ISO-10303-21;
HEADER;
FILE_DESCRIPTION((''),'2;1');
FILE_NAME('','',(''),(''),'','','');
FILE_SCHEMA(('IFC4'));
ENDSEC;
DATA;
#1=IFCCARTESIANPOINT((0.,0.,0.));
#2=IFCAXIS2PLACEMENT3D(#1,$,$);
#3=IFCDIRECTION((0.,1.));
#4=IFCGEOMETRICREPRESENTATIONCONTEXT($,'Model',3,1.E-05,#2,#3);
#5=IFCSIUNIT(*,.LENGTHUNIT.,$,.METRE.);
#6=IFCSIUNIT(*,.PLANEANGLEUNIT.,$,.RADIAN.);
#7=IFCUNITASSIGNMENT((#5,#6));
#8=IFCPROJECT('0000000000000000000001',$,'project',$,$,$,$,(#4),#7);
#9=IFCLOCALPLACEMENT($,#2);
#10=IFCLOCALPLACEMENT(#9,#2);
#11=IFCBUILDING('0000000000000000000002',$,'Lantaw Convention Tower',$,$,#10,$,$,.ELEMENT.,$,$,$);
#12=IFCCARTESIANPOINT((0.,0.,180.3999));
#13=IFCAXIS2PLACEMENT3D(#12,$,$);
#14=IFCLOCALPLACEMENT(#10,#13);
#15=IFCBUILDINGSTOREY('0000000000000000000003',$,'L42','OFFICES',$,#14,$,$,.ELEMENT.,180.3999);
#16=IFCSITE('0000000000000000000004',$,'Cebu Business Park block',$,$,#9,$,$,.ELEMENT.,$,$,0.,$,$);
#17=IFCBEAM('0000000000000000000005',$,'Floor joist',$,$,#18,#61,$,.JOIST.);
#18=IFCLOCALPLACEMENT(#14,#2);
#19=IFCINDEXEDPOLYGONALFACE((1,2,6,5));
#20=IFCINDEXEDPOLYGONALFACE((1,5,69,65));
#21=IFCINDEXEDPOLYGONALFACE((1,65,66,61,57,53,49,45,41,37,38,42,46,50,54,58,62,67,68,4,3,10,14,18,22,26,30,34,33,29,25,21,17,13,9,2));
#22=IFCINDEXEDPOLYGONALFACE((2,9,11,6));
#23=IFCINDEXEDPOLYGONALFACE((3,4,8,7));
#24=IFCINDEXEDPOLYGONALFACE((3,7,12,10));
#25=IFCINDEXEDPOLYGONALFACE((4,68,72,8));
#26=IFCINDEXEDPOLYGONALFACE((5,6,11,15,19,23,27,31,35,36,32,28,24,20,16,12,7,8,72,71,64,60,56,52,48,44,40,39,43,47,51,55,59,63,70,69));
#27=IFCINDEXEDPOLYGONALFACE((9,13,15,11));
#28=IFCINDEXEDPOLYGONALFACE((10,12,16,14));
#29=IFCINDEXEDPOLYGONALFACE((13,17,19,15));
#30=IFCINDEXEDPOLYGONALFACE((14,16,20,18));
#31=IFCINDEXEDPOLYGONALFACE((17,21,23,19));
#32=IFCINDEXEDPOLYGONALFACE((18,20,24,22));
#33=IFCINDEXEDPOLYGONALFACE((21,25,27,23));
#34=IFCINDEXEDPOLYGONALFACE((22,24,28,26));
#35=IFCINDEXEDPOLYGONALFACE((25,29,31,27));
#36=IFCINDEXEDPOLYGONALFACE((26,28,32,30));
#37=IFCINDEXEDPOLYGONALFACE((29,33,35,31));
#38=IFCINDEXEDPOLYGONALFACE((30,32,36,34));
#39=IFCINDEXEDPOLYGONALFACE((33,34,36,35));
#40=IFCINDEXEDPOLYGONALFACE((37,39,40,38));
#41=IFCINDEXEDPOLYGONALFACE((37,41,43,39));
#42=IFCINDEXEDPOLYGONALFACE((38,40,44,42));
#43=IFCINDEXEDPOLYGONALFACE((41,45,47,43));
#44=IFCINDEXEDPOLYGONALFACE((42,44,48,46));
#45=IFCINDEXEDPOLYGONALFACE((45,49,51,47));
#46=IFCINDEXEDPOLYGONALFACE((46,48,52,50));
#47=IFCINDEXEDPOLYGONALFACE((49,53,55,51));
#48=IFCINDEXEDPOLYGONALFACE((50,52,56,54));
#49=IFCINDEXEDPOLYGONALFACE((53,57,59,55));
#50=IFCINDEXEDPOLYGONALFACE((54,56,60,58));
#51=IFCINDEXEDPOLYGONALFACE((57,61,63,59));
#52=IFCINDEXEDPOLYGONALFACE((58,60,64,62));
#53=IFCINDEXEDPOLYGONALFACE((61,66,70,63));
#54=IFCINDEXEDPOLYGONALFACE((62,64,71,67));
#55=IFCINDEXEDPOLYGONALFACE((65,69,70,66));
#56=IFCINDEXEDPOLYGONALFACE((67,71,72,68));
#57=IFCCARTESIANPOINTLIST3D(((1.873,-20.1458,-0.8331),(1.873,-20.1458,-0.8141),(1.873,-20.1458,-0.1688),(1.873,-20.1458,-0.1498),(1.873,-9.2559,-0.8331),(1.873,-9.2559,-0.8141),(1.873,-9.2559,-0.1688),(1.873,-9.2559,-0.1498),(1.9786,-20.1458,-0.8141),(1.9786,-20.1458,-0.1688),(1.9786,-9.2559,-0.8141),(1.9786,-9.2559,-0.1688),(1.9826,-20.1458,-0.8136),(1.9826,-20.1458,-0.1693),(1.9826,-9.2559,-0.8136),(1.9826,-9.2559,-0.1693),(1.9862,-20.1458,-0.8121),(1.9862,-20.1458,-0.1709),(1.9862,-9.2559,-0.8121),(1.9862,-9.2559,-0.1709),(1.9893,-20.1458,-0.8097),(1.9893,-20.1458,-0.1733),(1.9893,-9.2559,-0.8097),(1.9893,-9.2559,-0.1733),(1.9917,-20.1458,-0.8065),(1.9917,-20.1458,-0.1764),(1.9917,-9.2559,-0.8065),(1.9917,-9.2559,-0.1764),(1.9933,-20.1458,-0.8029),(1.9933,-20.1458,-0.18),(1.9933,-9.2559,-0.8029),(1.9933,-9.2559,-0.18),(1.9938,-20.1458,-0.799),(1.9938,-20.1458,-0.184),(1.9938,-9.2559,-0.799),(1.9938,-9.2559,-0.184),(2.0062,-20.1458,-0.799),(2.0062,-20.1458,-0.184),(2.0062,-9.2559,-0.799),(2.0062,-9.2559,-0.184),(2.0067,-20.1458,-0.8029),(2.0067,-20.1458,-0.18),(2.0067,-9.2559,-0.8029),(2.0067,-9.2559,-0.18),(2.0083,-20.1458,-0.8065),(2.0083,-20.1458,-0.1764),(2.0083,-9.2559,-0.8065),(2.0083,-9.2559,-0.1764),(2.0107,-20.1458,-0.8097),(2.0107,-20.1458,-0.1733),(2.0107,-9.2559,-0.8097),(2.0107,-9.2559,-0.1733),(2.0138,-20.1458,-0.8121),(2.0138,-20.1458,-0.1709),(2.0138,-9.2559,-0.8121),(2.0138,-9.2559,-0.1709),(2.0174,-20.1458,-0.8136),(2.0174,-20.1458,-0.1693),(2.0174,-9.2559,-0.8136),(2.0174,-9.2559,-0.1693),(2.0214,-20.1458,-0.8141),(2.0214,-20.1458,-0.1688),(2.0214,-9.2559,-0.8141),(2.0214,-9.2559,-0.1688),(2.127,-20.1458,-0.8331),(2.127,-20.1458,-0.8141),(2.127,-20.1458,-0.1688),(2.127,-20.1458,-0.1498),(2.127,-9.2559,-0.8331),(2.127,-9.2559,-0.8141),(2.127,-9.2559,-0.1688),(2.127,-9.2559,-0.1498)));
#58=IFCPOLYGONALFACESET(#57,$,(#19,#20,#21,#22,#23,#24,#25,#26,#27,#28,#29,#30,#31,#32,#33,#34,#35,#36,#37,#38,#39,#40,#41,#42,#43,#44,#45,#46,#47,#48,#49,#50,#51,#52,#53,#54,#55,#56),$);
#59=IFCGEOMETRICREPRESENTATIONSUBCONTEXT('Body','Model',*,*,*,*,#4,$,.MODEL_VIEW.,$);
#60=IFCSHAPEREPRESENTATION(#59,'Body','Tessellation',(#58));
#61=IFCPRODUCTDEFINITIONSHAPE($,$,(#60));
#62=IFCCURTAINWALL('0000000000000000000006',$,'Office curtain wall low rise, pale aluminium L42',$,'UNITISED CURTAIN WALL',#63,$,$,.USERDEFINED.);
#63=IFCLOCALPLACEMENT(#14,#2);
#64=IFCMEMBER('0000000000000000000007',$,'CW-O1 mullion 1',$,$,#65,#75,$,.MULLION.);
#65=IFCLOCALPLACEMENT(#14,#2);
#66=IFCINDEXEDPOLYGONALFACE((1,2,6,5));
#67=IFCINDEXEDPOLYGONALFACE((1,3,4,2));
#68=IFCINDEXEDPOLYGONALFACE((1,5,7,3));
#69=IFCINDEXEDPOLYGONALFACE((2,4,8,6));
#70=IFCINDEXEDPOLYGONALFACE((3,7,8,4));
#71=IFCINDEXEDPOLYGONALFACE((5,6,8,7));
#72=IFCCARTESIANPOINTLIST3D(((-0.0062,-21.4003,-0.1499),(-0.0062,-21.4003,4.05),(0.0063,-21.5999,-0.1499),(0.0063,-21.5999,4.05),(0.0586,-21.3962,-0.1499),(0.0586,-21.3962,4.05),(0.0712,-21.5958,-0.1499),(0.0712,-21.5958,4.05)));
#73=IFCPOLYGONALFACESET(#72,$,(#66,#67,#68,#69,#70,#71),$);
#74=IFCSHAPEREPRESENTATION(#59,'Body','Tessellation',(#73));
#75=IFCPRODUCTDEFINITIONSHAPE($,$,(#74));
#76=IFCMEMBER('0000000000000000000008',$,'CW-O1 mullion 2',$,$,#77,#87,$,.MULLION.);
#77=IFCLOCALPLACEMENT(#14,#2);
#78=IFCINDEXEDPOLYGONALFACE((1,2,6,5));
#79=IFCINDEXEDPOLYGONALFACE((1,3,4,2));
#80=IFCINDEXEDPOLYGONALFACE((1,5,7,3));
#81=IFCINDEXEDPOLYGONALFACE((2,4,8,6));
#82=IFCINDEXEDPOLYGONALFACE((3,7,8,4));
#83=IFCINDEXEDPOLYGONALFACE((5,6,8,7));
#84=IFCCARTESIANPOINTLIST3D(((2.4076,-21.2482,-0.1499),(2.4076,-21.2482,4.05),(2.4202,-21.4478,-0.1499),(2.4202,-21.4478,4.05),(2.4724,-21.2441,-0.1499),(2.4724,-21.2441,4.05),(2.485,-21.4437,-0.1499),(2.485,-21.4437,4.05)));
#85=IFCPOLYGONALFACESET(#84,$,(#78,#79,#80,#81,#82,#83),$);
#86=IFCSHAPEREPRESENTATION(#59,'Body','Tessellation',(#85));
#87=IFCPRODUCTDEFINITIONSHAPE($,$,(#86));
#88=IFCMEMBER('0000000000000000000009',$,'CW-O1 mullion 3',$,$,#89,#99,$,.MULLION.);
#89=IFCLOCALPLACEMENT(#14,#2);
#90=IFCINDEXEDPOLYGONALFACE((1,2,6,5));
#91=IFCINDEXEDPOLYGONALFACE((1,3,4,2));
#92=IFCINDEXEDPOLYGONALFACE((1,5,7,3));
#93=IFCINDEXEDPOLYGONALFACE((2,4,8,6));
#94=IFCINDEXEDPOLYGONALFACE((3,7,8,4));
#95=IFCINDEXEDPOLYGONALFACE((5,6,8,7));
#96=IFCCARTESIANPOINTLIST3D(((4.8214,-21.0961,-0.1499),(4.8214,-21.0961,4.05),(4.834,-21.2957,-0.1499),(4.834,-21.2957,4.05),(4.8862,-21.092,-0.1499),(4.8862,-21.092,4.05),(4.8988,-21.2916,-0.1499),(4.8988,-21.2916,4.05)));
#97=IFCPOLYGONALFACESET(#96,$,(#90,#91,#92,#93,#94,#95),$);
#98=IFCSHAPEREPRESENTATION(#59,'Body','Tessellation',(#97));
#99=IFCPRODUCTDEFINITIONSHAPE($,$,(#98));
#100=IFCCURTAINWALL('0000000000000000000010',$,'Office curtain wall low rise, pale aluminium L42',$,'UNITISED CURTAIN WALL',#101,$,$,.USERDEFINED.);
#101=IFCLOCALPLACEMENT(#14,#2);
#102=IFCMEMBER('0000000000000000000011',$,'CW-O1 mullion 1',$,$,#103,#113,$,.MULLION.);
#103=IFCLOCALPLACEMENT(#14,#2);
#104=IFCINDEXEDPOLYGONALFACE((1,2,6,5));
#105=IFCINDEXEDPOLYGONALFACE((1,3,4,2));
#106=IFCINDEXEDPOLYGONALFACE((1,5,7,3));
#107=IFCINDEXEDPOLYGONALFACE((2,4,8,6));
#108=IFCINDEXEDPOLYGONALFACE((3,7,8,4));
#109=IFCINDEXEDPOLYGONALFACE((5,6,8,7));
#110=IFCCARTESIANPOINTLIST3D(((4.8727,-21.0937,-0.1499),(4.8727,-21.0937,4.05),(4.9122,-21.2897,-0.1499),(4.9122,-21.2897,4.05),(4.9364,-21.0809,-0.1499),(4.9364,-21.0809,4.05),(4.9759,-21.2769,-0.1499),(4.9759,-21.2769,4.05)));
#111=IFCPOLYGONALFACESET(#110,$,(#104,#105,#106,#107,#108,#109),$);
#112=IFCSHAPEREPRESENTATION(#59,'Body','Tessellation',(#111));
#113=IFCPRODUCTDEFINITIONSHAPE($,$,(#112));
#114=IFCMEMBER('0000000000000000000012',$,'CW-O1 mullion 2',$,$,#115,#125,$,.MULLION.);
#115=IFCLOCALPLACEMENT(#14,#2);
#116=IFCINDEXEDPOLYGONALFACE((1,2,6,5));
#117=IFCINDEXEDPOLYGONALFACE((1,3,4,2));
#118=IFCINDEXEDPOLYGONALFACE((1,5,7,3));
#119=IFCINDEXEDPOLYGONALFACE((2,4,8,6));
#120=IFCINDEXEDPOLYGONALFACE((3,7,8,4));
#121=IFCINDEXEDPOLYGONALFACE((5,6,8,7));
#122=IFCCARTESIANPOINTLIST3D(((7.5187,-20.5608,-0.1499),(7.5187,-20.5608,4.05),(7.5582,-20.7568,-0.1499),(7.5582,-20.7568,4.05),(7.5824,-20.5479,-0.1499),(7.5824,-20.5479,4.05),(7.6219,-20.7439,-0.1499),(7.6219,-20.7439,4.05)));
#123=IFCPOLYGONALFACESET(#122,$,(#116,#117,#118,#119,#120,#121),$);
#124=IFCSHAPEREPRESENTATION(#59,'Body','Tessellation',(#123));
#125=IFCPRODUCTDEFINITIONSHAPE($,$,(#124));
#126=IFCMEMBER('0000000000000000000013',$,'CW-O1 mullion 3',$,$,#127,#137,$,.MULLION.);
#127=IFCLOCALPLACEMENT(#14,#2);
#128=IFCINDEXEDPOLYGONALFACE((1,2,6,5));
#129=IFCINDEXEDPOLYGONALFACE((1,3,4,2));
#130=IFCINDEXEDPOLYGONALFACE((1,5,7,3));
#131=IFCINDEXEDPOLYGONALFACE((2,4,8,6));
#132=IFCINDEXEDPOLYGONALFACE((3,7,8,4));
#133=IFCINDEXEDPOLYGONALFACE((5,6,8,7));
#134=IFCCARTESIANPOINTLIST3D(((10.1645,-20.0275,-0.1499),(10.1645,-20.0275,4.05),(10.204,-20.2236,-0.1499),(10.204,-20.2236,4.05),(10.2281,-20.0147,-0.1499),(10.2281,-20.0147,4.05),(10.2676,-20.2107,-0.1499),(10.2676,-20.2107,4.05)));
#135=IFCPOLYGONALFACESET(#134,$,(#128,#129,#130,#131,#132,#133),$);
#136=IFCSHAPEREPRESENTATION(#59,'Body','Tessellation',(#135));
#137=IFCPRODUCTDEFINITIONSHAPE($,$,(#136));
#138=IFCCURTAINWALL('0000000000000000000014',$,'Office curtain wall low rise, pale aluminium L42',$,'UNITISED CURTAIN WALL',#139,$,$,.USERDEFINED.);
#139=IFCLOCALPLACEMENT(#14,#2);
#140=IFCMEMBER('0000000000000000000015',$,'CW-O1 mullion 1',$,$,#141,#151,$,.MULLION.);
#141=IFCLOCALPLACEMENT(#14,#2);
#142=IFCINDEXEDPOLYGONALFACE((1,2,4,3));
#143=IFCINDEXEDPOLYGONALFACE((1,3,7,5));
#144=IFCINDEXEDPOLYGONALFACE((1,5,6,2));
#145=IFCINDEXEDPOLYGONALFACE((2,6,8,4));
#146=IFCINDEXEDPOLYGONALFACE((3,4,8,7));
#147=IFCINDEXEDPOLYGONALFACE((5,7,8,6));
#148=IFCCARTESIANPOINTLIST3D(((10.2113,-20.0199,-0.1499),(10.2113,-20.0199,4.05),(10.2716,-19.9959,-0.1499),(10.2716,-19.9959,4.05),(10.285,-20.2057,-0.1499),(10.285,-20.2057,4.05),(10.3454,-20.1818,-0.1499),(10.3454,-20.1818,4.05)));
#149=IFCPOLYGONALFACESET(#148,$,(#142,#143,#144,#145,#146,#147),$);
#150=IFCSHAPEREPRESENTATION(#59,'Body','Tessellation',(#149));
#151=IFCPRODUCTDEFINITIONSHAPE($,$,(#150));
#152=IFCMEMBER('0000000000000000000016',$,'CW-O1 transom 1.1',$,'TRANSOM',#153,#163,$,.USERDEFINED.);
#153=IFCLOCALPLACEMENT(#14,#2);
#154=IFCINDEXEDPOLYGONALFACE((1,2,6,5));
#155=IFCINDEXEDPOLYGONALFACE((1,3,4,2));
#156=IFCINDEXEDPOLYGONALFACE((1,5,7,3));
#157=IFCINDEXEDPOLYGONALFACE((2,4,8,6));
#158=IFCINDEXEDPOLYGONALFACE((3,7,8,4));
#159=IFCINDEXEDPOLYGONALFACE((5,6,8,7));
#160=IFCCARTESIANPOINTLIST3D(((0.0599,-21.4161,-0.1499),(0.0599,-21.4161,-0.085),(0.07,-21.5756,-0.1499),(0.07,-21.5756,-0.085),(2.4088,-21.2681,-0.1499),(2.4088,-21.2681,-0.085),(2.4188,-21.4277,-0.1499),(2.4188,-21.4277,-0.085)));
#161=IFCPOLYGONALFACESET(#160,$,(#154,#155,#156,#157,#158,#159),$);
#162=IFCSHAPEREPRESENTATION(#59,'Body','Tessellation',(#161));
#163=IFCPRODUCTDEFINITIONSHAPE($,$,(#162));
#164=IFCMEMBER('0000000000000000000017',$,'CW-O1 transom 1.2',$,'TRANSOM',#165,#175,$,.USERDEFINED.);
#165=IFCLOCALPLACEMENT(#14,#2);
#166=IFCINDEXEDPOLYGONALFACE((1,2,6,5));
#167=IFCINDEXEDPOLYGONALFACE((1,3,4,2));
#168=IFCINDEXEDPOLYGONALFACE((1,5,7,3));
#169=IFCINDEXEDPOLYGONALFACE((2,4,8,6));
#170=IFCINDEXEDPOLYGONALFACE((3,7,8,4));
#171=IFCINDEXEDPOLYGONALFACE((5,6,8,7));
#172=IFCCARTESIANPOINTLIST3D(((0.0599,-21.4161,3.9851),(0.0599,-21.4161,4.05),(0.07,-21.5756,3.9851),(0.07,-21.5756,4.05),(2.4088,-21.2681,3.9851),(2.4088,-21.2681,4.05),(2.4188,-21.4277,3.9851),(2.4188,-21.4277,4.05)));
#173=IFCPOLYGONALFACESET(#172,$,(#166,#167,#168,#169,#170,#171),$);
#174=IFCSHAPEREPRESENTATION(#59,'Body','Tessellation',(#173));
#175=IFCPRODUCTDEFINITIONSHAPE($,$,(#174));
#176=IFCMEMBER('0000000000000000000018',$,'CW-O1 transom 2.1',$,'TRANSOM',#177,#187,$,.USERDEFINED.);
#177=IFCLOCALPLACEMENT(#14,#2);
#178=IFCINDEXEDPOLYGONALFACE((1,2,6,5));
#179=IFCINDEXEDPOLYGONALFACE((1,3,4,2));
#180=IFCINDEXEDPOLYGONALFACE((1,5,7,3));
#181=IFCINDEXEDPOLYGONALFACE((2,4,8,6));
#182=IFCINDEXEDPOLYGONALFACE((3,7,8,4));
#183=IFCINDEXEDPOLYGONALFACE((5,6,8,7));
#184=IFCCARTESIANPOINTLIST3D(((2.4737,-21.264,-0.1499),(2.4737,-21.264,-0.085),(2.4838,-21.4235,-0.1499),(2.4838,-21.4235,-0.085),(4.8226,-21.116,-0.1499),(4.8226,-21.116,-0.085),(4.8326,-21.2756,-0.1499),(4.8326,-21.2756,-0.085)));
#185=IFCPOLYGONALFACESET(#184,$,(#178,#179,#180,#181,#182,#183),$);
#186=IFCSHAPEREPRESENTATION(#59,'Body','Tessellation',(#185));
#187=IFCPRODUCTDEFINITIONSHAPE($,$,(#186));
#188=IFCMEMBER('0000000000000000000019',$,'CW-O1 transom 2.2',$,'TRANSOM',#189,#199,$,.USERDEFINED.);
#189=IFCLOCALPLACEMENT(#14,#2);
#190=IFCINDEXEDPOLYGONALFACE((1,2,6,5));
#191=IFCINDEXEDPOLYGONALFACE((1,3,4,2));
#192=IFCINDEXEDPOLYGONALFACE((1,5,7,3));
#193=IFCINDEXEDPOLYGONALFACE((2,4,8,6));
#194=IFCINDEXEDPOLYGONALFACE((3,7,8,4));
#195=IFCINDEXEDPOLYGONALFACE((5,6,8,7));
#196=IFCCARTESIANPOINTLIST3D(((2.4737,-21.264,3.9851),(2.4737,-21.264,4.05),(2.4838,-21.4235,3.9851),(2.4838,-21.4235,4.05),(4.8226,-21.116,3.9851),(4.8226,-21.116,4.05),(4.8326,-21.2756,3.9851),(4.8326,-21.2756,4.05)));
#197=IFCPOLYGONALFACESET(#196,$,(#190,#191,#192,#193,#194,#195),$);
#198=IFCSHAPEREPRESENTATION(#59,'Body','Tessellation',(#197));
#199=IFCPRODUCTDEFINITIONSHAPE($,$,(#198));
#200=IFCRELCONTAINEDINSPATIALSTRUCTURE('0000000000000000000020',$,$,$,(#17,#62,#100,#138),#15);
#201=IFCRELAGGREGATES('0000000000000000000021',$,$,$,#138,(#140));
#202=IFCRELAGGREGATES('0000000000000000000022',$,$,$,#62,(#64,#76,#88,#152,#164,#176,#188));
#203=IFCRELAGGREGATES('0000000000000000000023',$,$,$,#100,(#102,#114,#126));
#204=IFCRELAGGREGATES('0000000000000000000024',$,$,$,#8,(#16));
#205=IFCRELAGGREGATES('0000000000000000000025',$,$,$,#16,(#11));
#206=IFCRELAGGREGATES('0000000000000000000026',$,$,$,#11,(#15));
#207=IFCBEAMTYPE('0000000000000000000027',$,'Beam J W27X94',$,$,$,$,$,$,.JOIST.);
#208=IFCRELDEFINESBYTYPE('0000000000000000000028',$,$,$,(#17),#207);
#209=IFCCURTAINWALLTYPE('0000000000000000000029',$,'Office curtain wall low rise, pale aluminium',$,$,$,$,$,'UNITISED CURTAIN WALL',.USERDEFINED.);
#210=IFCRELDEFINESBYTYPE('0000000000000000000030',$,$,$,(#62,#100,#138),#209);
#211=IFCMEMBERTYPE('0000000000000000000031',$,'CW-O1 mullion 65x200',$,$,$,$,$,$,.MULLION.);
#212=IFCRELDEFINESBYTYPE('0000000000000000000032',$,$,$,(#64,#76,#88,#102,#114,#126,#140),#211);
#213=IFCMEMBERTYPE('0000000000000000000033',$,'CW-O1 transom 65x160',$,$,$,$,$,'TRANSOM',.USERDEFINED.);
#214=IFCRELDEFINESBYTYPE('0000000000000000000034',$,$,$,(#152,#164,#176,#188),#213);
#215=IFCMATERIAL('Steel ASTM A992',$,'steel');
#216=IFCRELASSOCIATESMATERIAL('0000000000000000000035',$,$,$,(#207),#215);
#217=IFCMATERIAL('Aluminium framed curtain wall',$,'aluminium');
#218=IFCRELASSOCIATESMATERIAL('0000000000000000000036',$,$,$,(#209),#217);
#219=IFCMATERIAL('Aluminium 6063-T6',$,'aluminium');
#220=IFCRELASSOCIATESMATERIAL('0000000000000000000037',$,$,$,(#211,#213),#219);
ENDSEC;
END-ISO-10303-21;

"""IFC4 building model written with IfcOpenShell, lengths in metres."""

from ifc_helpers import new_model, si_unit, direction, frame, origin, origin_2d, place, context, subcontext, project, spatial, rectangle, i_section, extrude, material, material_profile, profile_set, type_object, element, aggregate, save


model = new_model("IFC4")

# Units and contexts
model_context = context("Model", 3, precision=1e-05, world=origin(), true_north=direction((0.0, 1.0)))
body_context = subcontext(model_context, "Body", "Model", "MODEL_VIEW")
ifc_project = project(units=[si_unit("LENGTHUNIT", "METRE"), si_unit("PLANEANGLEUNIT", "RADIAN")], contexts=[model_context])

# Site, building, storey
site_placement = place(None, origin())
site = spatial("IfcSite", under=ifc_project, at=site_placement, Name="Cebu Business Park block", CompositionType="ELEMENT", RefElevation=0.0)
building_placement = place(site_placement, origin())
building = spatial("IfcBuilding", under=site, at=building_placement, Name="Lantaw Convention Tower", CompositionType="ELEMENT")
storey_placement = place(building_placement, frame((0.0, 0.0, 180.3999)))
storey = spatial("IfcBuildingStorey", under=building, at=storey_placement, Name="L42", Description="OFFICES", CompositionType="ELEMENT", Elevation=180.3999)

# Beam
ifc_material_1 = material(Name="Steel ASTM A992", Category="steel")
ifc_material_profile_1 = material_profile(ifc_material_1, i_section(OverallWidth=0.2539, OverallDepth=0.6833, WebThickness=0.0125, FlangeThickness=0.019, FilletRadius=0.0151, at=origin_2d()), Name="W27X94")
ifc_profile_set_1 = profile_set([ifc_material_profile_1], Name="Steel ASTM A992")
beam_type_1 = type_object("IfcBeamType", Name="Beam J W27X94", PredefinedType="JOIST", material=ifc_profile_set_1)
beam_1_placement = place(storey_placement, frame((2.0, -20.1458, -0.4915), z_axis=(0.0, 1.0, 0.0), x_axis=(-1.0, 0.0, 0.0)))
element("IfcBeam", 1, at=beam_1_placement, inside=storey, type_object=beam_type_1, Name="Floor joist", PredefinedType="JOIST", context=body_context, shape_type="SweptSolid", body=[
    extrude(i_section(OverallWidth=0.2539, OverallDepth=0.6833, WebThickness=0.0125, FlangeThickness=0.019, FilletRadius=0.0151, at=origin_2d()), origin(), (0.0, 0.0, 1.0), 10.8899),
])

# Curtain walls, members
ifc_material_2 = material(Name="Aluminium framed curtain wall", Category="aluminium")
curtain_wall_type = type_object("IfcCurtainWallType", Name="Office curtain wall low rise, pale aluminium", ElementType="UNITISED CURTAIN WALL", PredefinedType="USERDEFINED", material=ifc_material_2)
curtain_wall_1_placement = place(storey_placement, origin())
curtain_wall_1 = element("IfcCurtainWall", 2, at=curtain_wall_1_placement, inside=storey, type_object=curtain_wall_type, Name="Office curtain wall low rise, pale aluminium L42", ObjectType="UNITISED CURTAIN WALL", PredefinedType="USERDEFINED")
ifc_material_3 = material(Name="Aluminium 6063-T6", Category="aluminium")
ifc_material_profile_2 = material_profile(ifc_material_3, rectangle(XDim=0.2, YDim=0.0649, at=origin_2d()), Name="CW-O1 mullion 65x200")
ifc_profile_set_2 = profile_set([ifc_material_profile_2], Name="Aluminium 6063-T6")
member_type_1 = type_object("IfcMemberType", Name="CW-O1 mullion 65x200", PredefinedType="MULLION", material=ifc_profile_set_2)
member_1_placement = place(storey_placement, frame((0.0325, -21.498, -0.1499), z_axis=(0.0, 0.0, 1.0), x_axis=(-0.062865, 0.998022, 0.0)))
member_1 = element("IfcMember", 3, at=member_1_placement, type_object=member_type_1, Name="CW-O1 mullion 1", PredefinedType="MULLION", context=body_context, shape_type="SweptSolid", body=[
    extrude(rectangle(XDim=0.2, YDim=0.0649, at=origin_2d()), origin(), (0.0, 0.0, 1.0), 4.2),
])
member_2_placement = place(storey_placement, frame((2.4463, -21.3459, -0.1499), z_axis=(0.0, 0.0, 1.0), x_axis=(-0.062865, 0.998022, 0.0)))
member_2 = element("IfcMember", 4, at=member_2_placement, type_object=member_type_1, Name="CW-O1 mullion 2", PredefinedType="MULLION", context=body_context, shape_type="SweptSolid", body=[
    extrude(rectangle(XDim=0.2, YDim=0.0649, at=origin_2d()), origin(), (0.0, 0.0, 1.0), 4.2),
])
member_3_placement = place(storey_placement, frame((4.8601, -21.1938, -0.1499), z_axis=(0.0, 0.0, 1.0), x_axis=(-0.062865, 0.998022, 0.0)))
member_3 = element("IfcMember", 5, at=member_3_placement, type_object=member_type_1, Name="CW-O1 mullion 3", PredefinedType="MULLION", context=body_context, shape_type="SweptSolid", body=[
    extrude(rectangle(XDim=0.2, YDim=0.0649, at=origin_2d()), origin(), (0.0, 0.0, 1.0), 4.2),
])
curtain_wall_2_placement = place(storey_placement, origin())
curtain_wall_2 = element("IfcCurtainWall", 6, at=curtain_wall_2_placement, inside=storey, type_object=curtain_wall_type, Name="Office curtain wall low rise, pale aluminium L42", ObjectType="UNITISED CURTAIN WALL", PredefinedType="USERDEFINED")
member_4_placement = place(storey_placement, frame((4.9243, -21.1853, -0.1499), z_axis=(0.0, 0.0, 1.0), x_axis=(-0.197507, 0.980302, 0.0)))
member_4 = element("IfcMember", 7, at=member_4_placement, type_object=member_type_1, Name="CW-O1 mullion 1", PredefinedType="MULLION", context=body_context, shape_type="SweptSolid", body=[
    extrude(rectangle(XDim=0.2, YDim=0.0649, at=origin_2d()), origin(), (0.0, 0.0, 1.0), 4.2),
])
member_5_placement = place(storey_placement, frame((7.5703, -20.6523, -0.1499), z_axis=(0.0, 0.0, 1.0), x_axis=(-0.197507, 0.980302, 0.0)))
member_5 = element("IfcMember", 8, at=member_5_placement, type_object=member_type_1, Name="CW-O1 mullion 2", PredefinedType="MULLION", context=body_context, shape_type="SweptSolid", body=[
    extrude(rectangle(XDim=0.2, YDim=0.0649, at=origin_2d()), origin(), (0.0, 0.0, 1.0), 4.2),
])
member_6_placement = place(storey_placement, frame((10.2161, -20.1191, -0.1499), z_axis=(0.0, 0.0, 1.0), x_axis=(-0.197507, 0.980302, 0.0)))
member_6 = element("IfcMember", 9, at=member_6_placement, type_object=member_type_1, Name="CW-O1 mullion 3", PredefinedType="MULLION", context=body_context, shape_type="SweptSolid", body=[
    extrude(rectangle(XDim=0.2, YDim=0.0649, at=origin_2d()), origin(), (0.0, 0.0, 1.0), 4.2),
])

# Curtain wall, member
curtain_wall_3_placement = place(storey_placement, origin())
curtain_wall_3 = element("IfcCurtainWall", 10, at=curtain_wall_3_placement, inside=storey, type_object=curtain_wall_type, Name="Office curtain wall low rise, pale aluminium L42", ObjectType="UNITISED CURTAIN WALL", PredefinedType="USERDEFINED")
member_7_placement = place(storey_placement, frame((10.2783, -20.1008, -0.1499), z_axis=(0.0, 0.0, 1.0), x_axis=(-0.368702, 0.929548, 0.0)))
member_7 = element("IfcMember", 11, at=member_7_placement, type_object=member_type_1, Name="CW-O1 mullion 1", PredefinedType="MULLION", context=body_context, shape_type="SweptSolid", body=[
    extrude(rectangle(XDim=0.2, YDim=0.0649, at=origin_2d()), origin(), (0.0, 0.0, 1.0), 4.2),
])

# Members
ifc_material_profile_3 = material_profile(ifc_material_3, rectangle(XDim=0.1599, YDim=0.0649, at=origin_2d()), Name="CW-O1 transom 65x160")
ifc_profile_set_3 = profile_set([ifc_material_profile_3], Name="Aluminium 6063-T6")
member_type_2 = type_object("IfcMemberType", Name="CW-O1 transom 65x160", ElementType="TRANSOM", PredefinedType="USERDEFINED", material=ifc_profile_set_3)
member_8_placement = place(storey_placement, frame((0.0649, -21.4958, -0.1174), z_axis=(0.998022, 0.062863, 0.0), x_axis=(-0.062863, 0.998022, 0.0)))
member_8 = element("IfcMember", 12, at=member_8_placement, type_object=member_type_2, Name="CW-O1 transom 1.1", ObjectType="TRANSOM", PredefinedType="USERDEFINED", context=body_context, shape_type="SweptSolid", body=[
    extrude(rectangle(XDim=0.1599, YDim=0.0649, at=origin_2d()), origin(), (0.0, 0.0, 1.0), 2.3535),
])
member_9_placement = place(storey_placement, frame((0.0649, -21.4958, 4.0176), z_axis=(0.998022, 0.062863, 0.0), x_axis=(-0.062863, 0.998022, 0.0)))
member_9 = element("IfcMember", 13, at=member_9_placement, type_object=member_type_2, Name="CW-O1 transom 1.2", ObjectType="TRANSOM", PredefinedType="USERDEFINED", context=body_context, shape_type="SweptSolid", body=[
    extrude(rectangle(XDim=0.1599, YDim=0.0649, at=origin_2d()), origin(), (0.0, 0.0, 1.0), 2.3535),
])
member_10_placement = place(storey_placement, frame((2.4788, -21.3438, -0.1174), z_axis=(0.998022, 0.062863, 0.0), x_axis=(-0.062863, 0.998022, 0.0)))
member_10 = element("IfcMember", 14, at=member_10_placement, type_object=member_type_2, Name="CW-O1 transom 2.1", ObjectType="TRANSOM", PredefinedType="USERDEFINED", context=body_context, shape_type="SweptSolid", body=[
    extrude(rectangle(XDim=0.1599, YDim=0.0649, at=origin_2d()), origin(), (0.0, 0.0, 1.0), 2.3535),
])
member_11_placement = place(storey_placement, frame((2.4788, -21.3438, 4.0176), z_axis=(0.998022, 0.062863, 0.0), x_axis=(-0.062863, 0.998022, 0.0)))
member_11 = element("IfcMember", 15, at=member_11_placement, type_object=member_type_2, Name="CW-O1 transom 2.2", ObjectType="TRANSOM", PredefinedType="USERDEFINED", context=body_context, shape_type="SweptSolid", body=[
    extrude(rectangle(XDim=0.1599, YDim=0.0649, at=origin_2d()), origin(), (0.0, 0.0, 1.0), 2.3535),
])
aggregate(curtain_wall_3, [member_7])

aggregate(curtain_wall_1, [member_1, member_2, member_3, member_8, member_9, member_10, member_11])
aggregate(curtain_wall_2, [member_4, member_5, member_6])

save(model, "model.ifc")
